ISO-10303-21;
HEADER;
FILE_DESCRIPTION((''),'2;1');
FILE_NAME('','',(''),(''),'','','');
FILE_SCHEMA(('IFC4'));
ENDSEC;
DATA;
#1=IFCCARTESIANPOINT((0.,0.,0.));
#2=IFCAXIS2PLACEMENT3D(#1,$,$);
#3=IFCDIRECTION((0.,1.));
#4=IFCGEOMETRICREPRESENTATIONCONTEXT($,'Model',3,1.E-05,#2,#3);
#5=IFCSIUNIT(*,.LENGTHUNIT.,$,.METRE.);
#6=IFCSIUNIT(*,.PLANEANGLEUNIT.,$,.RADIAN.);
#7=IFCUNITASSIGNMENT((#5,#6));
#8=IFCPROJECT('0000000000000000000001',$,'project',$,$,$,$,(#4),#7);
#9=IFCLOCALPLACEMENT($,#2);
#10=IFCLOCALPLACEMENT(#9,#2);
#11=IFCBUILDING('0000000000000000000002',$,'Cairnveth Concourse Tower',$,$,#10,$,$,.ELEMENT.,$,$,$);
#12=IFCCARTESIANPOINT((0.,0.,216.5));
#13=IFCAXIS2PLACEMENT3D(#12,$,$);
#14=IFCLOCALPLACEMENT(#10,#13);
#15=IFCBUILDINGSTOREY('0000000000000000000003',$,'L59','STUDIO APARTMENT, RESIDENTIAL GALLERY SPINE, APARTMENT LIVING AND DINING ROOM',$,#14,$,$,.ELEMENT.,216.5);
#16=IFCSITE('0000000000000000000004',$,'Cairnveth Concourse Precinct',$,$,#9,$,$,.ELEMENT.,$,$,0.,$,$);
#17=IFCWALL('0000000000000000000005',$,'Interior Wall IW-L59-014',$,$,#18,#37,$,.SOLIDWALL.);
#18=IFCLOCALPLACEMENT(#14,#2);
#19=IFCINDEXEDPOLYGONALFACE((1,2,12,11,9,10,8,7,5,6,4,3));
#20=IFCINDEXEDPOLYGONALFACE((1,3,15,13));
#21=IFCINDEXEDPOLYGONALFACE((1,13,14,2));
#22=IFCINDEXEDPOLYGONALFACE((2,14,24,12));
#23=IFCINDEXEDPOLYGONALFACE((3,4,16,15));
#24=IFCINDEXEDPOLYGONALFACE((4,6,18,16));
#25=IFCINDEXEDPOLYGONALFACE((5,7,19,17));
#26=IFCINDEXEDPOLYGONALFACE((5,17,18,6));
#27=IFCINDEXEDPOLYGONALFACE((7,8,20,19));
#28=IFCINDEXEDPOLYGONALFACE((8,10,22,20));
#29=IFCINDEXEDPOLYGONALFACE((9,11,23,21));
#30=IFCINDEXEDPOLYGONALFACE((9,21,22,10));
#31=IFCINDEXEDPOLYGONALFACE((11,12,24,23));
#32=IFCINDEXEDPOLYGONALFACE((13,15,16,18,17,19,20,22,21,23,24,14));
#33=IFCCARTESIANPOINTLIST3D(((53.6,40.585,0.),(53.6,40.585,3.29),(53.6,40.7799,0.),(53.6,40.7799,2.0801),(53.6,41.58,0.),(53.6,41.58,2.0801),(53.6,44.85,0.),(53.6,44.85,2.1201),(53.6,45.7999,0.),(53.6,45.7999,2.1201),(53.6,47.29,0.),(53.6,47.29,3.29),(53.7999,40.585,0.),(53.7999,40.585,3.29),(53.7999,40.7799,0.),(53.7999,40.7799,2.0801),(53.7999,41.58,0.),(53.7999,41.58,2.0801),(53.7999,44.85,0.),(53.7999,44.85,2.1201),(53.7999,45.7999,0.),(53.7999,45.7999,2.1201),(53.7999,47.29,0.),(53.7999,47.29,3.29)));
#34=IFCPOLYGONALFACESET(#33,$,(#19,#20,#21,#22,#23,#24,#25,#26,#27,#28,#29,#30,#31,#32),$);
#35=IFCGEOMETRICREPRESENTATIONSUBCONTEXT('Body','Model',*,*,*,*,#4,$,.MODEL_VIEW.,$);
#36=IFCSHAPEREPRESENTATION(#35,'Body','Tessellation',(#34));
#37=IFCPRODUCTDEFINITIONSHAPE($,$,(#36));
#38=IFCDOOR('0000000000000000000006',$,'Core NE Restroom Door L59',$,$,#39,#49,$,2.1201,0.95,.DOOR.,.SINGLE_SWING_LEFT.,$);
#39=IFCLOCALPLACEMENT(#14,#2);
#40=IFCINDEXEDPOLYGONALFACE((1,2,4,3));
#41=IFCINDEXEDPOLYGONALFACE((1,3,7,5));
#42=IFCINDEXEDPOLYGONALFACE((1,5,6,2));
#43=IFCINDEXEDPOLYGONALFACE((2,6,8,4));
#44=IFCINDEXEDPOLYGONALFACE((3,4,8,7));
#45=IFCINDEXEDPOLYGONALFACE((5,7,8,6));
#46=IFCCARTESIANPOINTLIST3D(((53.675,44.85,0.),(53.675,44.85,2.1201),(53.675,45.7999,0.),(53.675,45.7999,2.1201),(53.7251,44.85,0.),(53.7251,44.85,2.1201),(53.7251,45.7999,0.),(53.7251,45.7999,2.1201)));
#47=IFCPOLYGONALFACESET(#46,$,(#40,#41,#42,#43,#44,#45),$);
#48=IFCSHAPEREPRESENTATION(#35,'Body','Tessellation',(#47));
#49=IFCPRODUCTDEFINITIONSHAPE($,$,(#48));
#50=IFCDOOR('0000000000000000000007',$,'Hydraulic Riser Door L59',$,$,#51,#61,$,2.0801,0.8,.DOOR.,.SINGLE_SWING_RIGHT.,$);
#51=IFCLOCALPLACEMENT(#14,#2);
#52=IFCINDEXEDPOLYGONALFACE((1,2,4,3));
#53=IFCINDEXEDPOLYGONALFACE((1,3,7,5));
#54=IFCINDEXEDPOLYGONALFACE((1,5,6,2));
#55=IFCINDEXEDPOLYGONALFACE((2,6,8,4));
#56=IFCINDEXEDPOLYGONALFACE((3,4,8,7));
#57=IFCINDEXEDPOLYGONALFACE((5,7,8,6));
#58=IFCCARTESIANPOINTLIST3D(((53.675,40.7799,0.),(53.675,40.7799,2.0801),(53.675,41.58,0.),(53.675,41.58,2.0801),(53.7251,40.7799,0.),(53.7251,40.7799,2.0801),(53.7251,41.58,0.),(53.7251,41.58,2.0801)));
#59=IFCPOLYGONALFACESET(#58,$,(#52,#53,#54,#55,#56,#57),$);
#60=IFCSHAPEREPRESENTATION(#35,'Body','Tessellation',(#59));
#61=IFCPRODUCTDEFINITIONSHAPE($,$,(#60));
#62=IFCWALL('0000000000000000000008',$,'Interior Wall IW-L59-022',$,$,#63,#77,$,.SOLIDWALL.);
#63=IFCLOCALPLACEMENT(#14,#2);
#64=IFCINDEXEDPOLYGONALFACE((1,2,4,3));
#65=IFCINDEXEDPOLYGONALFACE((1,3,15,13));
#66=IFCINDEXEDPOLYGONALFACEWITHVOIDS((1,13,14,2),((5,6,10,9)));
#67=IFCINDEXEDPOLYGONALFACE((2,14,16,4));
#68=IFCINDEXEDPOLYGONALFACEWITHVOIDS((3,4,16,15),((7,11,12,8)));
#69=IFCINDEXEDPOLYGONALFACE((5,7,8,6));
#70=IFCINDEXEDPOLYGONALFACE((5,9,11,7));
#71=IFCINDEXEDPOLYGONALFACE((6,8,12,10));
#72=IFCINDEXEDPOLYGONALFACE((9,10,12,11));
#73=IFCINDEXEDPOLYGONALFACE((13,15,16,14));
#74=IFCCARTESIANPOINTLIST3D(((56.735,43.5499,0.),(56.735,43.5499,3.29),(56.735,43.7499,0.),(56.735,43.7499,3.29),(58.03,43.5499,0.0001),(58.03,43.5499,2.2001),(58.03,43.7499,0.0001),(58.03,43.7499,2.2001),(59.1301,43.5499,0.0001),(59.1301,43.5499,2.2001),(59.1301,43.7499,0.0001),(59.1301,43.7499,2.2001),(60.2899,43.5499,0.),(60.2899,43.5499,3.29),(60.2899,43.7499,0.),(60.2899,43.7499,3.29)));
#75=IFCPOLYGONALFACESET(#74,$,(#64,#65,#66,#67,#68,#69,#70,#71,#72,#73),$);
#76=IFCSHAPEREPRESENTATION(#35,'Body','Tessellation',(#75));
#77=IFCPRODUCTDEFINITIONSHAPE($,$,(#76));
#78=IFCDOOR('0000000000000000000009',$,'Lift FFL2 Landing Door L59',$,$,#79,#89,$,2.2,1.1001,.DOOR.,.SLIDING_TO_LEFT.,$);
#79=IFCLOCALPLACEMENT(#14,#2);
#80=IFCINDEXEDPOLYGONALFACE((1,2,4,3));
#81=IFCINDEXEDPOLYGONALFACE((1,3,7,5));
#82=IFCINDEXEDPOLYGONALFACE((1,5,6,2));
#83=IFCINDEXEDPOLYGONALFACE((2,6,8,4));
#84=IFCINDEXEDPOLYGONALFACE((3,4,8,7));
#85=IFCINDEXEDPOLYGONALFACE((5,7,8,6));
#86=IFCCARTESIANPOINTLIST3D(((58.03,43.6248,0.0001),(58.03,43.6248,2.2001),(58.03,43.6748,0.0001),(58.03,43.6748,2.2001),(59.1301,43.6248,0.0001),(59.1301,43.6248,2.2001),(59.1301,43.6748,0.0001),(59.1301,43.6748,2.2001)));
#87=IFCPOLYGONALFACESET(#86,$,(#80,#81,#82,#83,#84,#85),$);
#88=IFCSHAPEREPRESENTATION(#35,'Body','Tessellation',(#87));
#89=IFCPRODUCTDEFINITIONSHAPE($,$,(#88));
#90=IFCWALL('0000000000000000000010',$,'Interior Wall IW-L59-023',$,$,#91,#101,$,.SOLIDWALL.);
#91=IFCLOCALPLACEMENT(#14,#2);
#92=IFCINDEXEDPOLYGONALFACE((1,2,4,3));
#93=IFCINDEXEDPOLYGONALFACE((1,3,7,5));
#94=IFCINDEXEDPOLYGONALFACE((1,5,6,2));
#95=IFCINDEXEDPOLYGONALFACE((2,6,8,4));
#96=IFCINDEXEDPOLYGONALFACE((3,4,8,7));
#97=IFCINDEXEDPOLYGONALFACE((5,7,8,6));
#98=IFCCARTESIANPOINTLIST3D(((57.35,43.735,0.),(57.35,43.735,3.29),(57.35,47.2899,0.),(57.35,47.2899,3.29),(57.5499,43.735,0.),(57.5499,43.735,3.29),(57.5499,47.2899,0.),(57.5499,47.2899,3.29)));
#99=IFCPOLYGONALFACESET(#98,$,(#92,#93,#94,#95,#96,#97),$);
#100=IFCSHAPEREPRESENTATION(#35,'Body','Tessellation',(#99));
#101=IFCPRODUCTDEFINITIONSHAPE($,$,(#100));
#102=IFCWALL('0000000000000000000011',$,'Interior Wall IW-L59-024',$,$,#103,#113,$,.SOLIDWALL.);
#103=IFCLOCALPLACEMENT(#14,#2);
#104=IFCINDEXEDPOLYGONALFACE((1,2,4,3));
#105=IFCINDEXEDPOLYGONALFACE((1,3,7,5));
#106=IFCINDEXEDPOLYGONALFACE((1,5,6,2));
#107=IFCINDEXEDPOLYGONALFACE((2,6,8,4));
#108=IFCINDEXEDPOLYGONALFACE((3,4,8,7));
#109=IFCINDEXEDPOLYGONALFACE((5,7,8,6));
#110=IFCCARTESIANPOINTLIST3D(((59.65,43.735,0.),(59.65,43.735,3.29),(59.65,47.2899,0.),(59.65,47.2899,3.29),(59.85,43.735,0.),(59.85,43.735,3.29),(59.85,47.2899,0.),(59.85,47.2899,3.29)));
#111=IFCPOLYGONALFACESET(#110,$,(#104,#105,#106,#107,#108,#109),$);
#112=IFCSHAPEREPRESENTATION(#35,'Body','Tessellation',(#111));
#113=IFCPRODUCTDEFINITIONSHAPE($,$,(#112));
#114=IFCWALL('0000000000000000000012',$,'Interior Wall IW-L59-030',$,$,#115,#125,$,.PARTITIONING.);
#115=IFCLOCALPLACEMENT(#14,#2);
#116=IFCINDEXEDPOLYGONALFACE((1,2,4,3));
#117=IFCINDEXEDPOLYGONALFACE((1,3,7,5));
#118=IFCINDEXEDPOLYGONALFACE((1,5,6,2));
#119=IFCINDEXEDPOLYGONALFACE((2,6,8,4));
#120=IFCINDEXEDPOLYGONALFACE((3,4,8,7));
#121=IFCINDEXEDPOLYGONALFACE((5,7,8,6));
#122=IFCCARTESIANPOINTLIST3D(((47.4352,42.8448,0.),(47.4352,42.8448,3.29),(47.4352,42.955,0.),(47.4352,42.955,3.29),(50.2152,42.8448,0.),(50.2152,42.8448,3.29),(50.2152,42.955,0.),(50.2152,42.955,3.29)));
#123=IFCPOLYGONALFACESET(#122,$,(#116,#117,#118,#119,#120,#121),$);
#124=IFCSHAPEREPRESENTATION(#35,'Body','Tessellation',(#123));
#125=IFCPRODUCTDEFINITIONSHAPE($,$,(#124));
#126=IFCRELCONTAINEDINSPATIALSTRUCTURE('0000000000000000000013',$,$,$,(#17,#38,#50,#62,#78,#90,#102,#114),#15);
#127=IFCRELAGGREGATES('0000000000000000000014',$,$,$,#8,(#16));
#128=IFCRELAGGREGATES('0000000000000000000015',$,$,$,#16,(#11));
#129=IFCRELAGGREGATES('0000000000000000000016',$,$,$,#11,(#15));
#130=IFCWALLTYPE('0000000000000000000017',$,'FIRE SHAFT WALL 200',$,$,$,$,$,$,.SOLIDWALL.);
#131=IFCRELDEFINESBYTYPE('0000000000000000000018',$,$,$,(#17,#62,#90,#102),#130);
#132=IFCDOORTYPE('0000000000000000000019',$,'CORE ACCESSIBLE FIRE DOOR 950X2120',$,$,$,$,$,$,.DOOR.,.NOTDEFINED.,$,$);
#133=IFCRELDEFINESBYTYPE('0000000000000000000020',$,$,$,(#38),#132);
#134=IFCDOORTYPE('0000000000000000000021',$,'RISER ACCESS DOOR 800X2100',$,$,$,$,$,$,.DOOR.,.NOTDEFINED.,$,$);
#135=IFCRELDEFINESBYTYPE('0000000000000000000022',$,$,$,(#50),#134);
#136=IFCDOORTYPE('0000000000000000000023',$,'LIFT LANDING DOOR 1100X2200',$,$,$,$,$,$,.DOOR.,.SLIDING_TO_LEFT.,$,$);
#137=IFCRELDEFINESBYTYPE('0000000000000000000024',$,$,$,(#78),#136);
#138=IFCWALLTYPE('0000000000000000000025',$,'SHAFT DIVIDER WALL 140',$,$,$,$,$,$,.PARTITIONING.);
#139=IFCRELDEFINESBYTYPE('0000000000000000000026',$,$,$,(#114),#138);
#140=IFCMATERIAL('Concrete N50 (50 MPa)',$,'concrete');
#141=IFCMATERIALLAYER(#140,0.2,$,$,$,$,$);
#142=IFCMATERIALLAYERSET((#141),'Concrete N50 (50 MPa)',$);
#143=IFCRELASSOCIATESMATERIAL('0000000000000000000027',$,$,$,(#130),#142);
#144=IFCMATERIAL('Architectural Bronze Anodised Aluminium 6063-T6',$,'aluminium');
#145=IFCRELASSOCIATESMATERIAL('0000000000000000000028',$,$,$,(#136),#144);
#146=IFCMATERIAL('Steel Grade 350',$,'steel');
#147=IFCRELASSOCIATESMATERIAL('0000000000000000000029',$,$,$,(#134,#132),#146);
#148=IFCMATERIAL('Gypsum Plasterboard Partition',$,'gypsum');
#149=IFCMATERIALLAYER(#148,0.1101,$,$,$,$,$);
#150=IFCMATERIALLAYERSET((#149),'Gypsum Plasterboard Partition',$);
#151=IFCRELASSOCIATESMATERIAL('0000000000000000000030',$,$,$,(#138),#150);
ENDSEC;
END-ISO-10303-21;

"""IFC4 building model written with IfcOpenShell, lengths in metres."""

from ifc_helpers import new_model, si_unit, direction, frame, frame_2d, origin, place, context, subcontext, project, spatial, rectangle, extrude, material, layer, layer_set, type_object, element, fill, save


model = new_model("IFC4")

# Units and contexts
model_context = context("Model", 3, precision=1e-05, world=origin(), true_north=direction((0.0, 1.0)))
body_context = subcontext(model_context, "Body", "Model", "MODEL_VIEW")
ifc_project = project(units=[si_unit("LENGTHUNIT", "METRE"), si_unit("PLANEANGLEUNIT", "RADIAN")], contexts=[model_context])

# Site, building, storey
site_placement = place(None, origin())
site = spatial("IfcSite", under=ifc_project, at=site_placement, Name="Cairnveth Concourse Precinct", CompositionType="ELEMENT", RefElevation=0.0)
building_placement = place(site_placement, origin())
building = spatial("IfcBuilding", under=site, at=building_placement, Name="Cairnveth Concourse Tower", CompositionType="ELEMENT")
storey_placement = place(building_placement, frame((0.0, 0.0, 216.5)))
storey = spatial("IfcBuildingStorey", under=building, at=storey_placement, Name="L59", Description="STUDIO APARTMENT, RESIDENTIAL GALLERY SPINE, APARTMENT LIVING AND DINING ROOM", CompositionType="ELEMENT", Elevation=216.5)

# Shared definitions
ifc_material_1 = material(Name="Concrete N50 (50 MPa)", Category="concrete")

# Shared definitions
ifc_material_2 = material(Name="Steel Grade 350", Category="steel")

# Shared definitions
ifc_layer_1 = layer(ifc_material_1, 0.2)
ifc_layer_set_1 = layer_set([ifc_layer_1], Name="Concrete N50 (50 MPa)")
wall_type_1 = type_object("IfcWallType", Name="FIRE SHAFT WALL 200", PredefinedType="SOLIDWALL", material=ifc_layer_set_1)

# Wall, openings, doors
ifc_material_3 = material(Name="Architectural Bronze Anodised Aluminium 6063-T6", Category="aluminium")
door_type_1 = type_object("IfcDoorType", Name="LIFT LANDING DOOR 1100X2200", OperationType="SLIDING_TO_LEFT", PredefinedType="DOOR", material=ifc_material_3)
door_type_2 = type_object("IfcDoorType", Name="RISER ACCESS DOOR 800X2100", OperationType="NOTDEFINED", PredefinedType="DOOR", material=ifc_material_2)
wall_1_placement = place(storey_placement, frame((53.7, 40.585, 0.0), z_axis=(0.0, 0.0, 1.0), x_axis=(0.0, 1.0, 0.0)))
wall_1 = element("IfcWall", 1, at=wall_1_placement, inside=storey, type_object=wall_type_1, Name="Interior Wall IW-L59-014", PredefinedType="SOLIDWALL", context=body_context, shape_type="SweptSolid", body=[
    extrude(rectangle(XDim=6.7051, YDim=0.2, at=frame_2d((3.3525, 0.0))), origin(), (0.0, 0.0, 1.0), 3.29),
])
opening_1_placement = place(wall_1_placement, frame((0.1951, 0.0, 0.0)))
opening_1 = element("IfcOpeningElement", 2, at=opening_1_placement, cuts=wall_1, PredefinedType="OPENING", context=body_context, shape_type="SweptSolid", body=[
    extrude(rectangle(XDim=0.8, YDim=2.0801, at=frame_2d((0.3999, 1.04))), frame((0.0, 0.1099, 0.0), z_axis=(0.0, -1.0, 0.0), x_axis=(1.0, 0.0, 0.0)), (0.0, 0.0, 1.0), 0.22),
])
opening_2_placement = place(wall_1_placement, frame((4.2649, 0.0, 0.0)))
opening_2 = element("IfcOpeningElement", 3, at=opening_2_placement, cuts=wall_1, PredefinedType="OPENING", context=body_context, shape_type="SweptSolid", body=[
    extrude(rectangle(XDim=0.95, YDim=2.1201, at=frame_2d((0.4751, 1.0601))), frame((0.0, 0.1099, 0.0), z_axis=(0.0, -1.0, 0.0), x_axis=(1.0, 0.0, 0.0)), (0.0, 0.0, 1.0), 0.22),
])
door_type_3 = type_object("IfcDoorType", Name="CORE ACCESSIBLE FIRE DOOR 950X2120", OperationType="NOTDEFINED", PredefinedType="DOOR", material=ifc_material_2)
door_1_placement = place(opening_2_placement, origin())
door_1 = element("IfcDoor", 4, at=door_1_placement, inside=storey, type_object=door_type_3, Name="Core NE Restroom Door L59", OperationType="SINGLE_SWING_LEFT", OverallHeight=2.1201, OverallWidth=0.95, PredefinedType="DOOR", context=body_context, shape_type="SweptSolid", body=[
    extrude(rectangle(XDim=0.95, YDim=2.1201, at=frame_2d((0.4751, 1.0601))), frame((0.0, 0.0249, 0.0), z_axis=(0.0, -1.0, 0.0), x_axis=(1.0, 0.0, 0.0)), (0.0, 0.0, 1.0), 0.05),
])
fill(opening_2, door_1)
door_2_placement = place(opening_1_placement, origin())
door_2 = element("IfcDoor", 5, at=door_2_placement, inside=storey, type_object=door_type_2, Name="Hydraulic Riser Door L59", OperationType="SINGLE_SWING_RIGHT", OverallHeight=2.0801, OverallWidth=0.8, PredefinedType="DOOR", context=body_context, shape_type="SweptSolid", body=[
    extrude(rectangle(XDim=0.8, YDim=2.0801, at=frame_2d((0.3999, 1.04))), frame((0.0, 0.0249, 0.0), z_axis=(0.0, -1.0, 0.0), x_axis=(1.0, 0.0, 0.0)), (0.0, 0.0, 1.0), 0.05),
])
fill(opening_1, door_2)

# Wall, opening, door
wall_2_placement = place(storey_placement, frame((56.7351, 43.6499, 0.0), z_axis=(0.0, 0.0, 1.0), x_axis=(1.0, 0.0, 0.0)))
wall_2 = element("IfcWall", 6, at=wall_2_placement, inside=storey, type_object=wall_type_1, Name="Interior Wall IW-L59-022", PredefinedType="SOLIDWALL", context=body_context, shape_type="SweptSolid", body=[
    extrude(rectangle(XDim=3.5549, YDim=0.2, at=frame_2d((1.7773, 0.0))), origin(), (0.0, 0.0, 1.0), 3.29),
])
opening_3_placement = place(wall_2_placement, frame((1.2949, 0.0, 0.0)))
opening_3 = element("IfcOpeningElement", 7, at=opening_3_placement, cuts=wall_2, PredefinedType="OPENING", context=body_context, shape_type="SweptSolid", body=[
    extrude(rectangle(XDim=1.1001, YDim=2.2, at=frame_2d((0.55, 1.1001))), frame((0.0, 0.1099, 0.0), z_axis=(0.0, -1.0, 0.0), x_axis=(1.0, 0.0, 0.0)), (0.0, 0.0, 1.0), 0.22),
])
door_3_placement = place(opening_3_placement, origin())
door_3 = element("IfcDoor", 8, at=door_3_placement, inside=storey, type_object=door_type_1, Name="Lift FFL2 Landing Door L59", OperationType="SLIDING_TO_LEFT", OverallHeight=2.2, OverallWidth=1.1001, PredefinedType="DOOR", context=body_context, shape_type="SweptSolid", body=[
    extrude(rectangle(XDim=1.1001, YDim=2.2, at=frame_2d((0.55, 1.1001))), frame((0.0, 0.0249, 0.0), z_axis=(0.0, -1.0, 0.0), x_axis=(1.0, 0.0, 0.0)), (0.0, 0.0, 1.0), 0.05),
])
fill(opening_3, door_3)

# Walls
for number, where, z_axis, x_axis, name in (
    (9, (57.45, 43.7351, 0.0), (0.0, 0.0, 1.0), (0.0, 1.0, 0.0), "Interior Wall IW-L59-023"),
    (10, (59.75, 43.7351, 0.0), (0.0, 0.0, 1.0), (0.0, 1.0, 0.0), "Interior Wall IW-L59-024"),
):
    element("IfcWall", number, at=place(storey_placement, frame(where, z_axis=z_axis, x_axis=x_axis)), inside=storey, type_object=wall_type_1, Name=name, PredefinedType="SOLIDWALL", context=body_context, shape_type="SweptSolid", body=[
        extrude(rectangle(XDim=3.5549, YDim=0.2, at=frame_2d((1.7773, 0.0))), origin(), (0.0, 0.0, 1.0), 3.29),
    ])
ifc_material_4 = material(Name="Gypsum Plasterboard Partition", Category="gypsum")
ifc_layer_2 = layer(ifc_material_4, 0.1101)
ifc_layer_set_2 = layer_set([ifc_layer_2], Name="Gypsum Plasterboard Partition")
wall_type_2 = type_object("IfcWallType", Name="SHAFT DIVIDER WALL 140", PredefinedType="PARTITIONING", material=ifc_layer_set_2)
wall_3_placement = place(storey_placement, frame((47.4351, 42.8999, 0.0), z_axis=(0.0, 0.0, 1.0), x_axis=(1.0, 0.0, 0.0)))
element("IfcWall", 11, at=wall_3_placement, inside=storey, type_object=wall_type_2, Name="Interior Wall IW-L59-030", PredefinedType="PARTITIONING", context=body_context, shape_type="SweptSolid", body=[
    extrude(rectangle(XDim=2.78, YDim=0.1101, at=frame_2d((1.3901, 0.0))), origin(), (0.0, 0.0, 1.0), 3.29),
])

save(model, "model.ifc")
